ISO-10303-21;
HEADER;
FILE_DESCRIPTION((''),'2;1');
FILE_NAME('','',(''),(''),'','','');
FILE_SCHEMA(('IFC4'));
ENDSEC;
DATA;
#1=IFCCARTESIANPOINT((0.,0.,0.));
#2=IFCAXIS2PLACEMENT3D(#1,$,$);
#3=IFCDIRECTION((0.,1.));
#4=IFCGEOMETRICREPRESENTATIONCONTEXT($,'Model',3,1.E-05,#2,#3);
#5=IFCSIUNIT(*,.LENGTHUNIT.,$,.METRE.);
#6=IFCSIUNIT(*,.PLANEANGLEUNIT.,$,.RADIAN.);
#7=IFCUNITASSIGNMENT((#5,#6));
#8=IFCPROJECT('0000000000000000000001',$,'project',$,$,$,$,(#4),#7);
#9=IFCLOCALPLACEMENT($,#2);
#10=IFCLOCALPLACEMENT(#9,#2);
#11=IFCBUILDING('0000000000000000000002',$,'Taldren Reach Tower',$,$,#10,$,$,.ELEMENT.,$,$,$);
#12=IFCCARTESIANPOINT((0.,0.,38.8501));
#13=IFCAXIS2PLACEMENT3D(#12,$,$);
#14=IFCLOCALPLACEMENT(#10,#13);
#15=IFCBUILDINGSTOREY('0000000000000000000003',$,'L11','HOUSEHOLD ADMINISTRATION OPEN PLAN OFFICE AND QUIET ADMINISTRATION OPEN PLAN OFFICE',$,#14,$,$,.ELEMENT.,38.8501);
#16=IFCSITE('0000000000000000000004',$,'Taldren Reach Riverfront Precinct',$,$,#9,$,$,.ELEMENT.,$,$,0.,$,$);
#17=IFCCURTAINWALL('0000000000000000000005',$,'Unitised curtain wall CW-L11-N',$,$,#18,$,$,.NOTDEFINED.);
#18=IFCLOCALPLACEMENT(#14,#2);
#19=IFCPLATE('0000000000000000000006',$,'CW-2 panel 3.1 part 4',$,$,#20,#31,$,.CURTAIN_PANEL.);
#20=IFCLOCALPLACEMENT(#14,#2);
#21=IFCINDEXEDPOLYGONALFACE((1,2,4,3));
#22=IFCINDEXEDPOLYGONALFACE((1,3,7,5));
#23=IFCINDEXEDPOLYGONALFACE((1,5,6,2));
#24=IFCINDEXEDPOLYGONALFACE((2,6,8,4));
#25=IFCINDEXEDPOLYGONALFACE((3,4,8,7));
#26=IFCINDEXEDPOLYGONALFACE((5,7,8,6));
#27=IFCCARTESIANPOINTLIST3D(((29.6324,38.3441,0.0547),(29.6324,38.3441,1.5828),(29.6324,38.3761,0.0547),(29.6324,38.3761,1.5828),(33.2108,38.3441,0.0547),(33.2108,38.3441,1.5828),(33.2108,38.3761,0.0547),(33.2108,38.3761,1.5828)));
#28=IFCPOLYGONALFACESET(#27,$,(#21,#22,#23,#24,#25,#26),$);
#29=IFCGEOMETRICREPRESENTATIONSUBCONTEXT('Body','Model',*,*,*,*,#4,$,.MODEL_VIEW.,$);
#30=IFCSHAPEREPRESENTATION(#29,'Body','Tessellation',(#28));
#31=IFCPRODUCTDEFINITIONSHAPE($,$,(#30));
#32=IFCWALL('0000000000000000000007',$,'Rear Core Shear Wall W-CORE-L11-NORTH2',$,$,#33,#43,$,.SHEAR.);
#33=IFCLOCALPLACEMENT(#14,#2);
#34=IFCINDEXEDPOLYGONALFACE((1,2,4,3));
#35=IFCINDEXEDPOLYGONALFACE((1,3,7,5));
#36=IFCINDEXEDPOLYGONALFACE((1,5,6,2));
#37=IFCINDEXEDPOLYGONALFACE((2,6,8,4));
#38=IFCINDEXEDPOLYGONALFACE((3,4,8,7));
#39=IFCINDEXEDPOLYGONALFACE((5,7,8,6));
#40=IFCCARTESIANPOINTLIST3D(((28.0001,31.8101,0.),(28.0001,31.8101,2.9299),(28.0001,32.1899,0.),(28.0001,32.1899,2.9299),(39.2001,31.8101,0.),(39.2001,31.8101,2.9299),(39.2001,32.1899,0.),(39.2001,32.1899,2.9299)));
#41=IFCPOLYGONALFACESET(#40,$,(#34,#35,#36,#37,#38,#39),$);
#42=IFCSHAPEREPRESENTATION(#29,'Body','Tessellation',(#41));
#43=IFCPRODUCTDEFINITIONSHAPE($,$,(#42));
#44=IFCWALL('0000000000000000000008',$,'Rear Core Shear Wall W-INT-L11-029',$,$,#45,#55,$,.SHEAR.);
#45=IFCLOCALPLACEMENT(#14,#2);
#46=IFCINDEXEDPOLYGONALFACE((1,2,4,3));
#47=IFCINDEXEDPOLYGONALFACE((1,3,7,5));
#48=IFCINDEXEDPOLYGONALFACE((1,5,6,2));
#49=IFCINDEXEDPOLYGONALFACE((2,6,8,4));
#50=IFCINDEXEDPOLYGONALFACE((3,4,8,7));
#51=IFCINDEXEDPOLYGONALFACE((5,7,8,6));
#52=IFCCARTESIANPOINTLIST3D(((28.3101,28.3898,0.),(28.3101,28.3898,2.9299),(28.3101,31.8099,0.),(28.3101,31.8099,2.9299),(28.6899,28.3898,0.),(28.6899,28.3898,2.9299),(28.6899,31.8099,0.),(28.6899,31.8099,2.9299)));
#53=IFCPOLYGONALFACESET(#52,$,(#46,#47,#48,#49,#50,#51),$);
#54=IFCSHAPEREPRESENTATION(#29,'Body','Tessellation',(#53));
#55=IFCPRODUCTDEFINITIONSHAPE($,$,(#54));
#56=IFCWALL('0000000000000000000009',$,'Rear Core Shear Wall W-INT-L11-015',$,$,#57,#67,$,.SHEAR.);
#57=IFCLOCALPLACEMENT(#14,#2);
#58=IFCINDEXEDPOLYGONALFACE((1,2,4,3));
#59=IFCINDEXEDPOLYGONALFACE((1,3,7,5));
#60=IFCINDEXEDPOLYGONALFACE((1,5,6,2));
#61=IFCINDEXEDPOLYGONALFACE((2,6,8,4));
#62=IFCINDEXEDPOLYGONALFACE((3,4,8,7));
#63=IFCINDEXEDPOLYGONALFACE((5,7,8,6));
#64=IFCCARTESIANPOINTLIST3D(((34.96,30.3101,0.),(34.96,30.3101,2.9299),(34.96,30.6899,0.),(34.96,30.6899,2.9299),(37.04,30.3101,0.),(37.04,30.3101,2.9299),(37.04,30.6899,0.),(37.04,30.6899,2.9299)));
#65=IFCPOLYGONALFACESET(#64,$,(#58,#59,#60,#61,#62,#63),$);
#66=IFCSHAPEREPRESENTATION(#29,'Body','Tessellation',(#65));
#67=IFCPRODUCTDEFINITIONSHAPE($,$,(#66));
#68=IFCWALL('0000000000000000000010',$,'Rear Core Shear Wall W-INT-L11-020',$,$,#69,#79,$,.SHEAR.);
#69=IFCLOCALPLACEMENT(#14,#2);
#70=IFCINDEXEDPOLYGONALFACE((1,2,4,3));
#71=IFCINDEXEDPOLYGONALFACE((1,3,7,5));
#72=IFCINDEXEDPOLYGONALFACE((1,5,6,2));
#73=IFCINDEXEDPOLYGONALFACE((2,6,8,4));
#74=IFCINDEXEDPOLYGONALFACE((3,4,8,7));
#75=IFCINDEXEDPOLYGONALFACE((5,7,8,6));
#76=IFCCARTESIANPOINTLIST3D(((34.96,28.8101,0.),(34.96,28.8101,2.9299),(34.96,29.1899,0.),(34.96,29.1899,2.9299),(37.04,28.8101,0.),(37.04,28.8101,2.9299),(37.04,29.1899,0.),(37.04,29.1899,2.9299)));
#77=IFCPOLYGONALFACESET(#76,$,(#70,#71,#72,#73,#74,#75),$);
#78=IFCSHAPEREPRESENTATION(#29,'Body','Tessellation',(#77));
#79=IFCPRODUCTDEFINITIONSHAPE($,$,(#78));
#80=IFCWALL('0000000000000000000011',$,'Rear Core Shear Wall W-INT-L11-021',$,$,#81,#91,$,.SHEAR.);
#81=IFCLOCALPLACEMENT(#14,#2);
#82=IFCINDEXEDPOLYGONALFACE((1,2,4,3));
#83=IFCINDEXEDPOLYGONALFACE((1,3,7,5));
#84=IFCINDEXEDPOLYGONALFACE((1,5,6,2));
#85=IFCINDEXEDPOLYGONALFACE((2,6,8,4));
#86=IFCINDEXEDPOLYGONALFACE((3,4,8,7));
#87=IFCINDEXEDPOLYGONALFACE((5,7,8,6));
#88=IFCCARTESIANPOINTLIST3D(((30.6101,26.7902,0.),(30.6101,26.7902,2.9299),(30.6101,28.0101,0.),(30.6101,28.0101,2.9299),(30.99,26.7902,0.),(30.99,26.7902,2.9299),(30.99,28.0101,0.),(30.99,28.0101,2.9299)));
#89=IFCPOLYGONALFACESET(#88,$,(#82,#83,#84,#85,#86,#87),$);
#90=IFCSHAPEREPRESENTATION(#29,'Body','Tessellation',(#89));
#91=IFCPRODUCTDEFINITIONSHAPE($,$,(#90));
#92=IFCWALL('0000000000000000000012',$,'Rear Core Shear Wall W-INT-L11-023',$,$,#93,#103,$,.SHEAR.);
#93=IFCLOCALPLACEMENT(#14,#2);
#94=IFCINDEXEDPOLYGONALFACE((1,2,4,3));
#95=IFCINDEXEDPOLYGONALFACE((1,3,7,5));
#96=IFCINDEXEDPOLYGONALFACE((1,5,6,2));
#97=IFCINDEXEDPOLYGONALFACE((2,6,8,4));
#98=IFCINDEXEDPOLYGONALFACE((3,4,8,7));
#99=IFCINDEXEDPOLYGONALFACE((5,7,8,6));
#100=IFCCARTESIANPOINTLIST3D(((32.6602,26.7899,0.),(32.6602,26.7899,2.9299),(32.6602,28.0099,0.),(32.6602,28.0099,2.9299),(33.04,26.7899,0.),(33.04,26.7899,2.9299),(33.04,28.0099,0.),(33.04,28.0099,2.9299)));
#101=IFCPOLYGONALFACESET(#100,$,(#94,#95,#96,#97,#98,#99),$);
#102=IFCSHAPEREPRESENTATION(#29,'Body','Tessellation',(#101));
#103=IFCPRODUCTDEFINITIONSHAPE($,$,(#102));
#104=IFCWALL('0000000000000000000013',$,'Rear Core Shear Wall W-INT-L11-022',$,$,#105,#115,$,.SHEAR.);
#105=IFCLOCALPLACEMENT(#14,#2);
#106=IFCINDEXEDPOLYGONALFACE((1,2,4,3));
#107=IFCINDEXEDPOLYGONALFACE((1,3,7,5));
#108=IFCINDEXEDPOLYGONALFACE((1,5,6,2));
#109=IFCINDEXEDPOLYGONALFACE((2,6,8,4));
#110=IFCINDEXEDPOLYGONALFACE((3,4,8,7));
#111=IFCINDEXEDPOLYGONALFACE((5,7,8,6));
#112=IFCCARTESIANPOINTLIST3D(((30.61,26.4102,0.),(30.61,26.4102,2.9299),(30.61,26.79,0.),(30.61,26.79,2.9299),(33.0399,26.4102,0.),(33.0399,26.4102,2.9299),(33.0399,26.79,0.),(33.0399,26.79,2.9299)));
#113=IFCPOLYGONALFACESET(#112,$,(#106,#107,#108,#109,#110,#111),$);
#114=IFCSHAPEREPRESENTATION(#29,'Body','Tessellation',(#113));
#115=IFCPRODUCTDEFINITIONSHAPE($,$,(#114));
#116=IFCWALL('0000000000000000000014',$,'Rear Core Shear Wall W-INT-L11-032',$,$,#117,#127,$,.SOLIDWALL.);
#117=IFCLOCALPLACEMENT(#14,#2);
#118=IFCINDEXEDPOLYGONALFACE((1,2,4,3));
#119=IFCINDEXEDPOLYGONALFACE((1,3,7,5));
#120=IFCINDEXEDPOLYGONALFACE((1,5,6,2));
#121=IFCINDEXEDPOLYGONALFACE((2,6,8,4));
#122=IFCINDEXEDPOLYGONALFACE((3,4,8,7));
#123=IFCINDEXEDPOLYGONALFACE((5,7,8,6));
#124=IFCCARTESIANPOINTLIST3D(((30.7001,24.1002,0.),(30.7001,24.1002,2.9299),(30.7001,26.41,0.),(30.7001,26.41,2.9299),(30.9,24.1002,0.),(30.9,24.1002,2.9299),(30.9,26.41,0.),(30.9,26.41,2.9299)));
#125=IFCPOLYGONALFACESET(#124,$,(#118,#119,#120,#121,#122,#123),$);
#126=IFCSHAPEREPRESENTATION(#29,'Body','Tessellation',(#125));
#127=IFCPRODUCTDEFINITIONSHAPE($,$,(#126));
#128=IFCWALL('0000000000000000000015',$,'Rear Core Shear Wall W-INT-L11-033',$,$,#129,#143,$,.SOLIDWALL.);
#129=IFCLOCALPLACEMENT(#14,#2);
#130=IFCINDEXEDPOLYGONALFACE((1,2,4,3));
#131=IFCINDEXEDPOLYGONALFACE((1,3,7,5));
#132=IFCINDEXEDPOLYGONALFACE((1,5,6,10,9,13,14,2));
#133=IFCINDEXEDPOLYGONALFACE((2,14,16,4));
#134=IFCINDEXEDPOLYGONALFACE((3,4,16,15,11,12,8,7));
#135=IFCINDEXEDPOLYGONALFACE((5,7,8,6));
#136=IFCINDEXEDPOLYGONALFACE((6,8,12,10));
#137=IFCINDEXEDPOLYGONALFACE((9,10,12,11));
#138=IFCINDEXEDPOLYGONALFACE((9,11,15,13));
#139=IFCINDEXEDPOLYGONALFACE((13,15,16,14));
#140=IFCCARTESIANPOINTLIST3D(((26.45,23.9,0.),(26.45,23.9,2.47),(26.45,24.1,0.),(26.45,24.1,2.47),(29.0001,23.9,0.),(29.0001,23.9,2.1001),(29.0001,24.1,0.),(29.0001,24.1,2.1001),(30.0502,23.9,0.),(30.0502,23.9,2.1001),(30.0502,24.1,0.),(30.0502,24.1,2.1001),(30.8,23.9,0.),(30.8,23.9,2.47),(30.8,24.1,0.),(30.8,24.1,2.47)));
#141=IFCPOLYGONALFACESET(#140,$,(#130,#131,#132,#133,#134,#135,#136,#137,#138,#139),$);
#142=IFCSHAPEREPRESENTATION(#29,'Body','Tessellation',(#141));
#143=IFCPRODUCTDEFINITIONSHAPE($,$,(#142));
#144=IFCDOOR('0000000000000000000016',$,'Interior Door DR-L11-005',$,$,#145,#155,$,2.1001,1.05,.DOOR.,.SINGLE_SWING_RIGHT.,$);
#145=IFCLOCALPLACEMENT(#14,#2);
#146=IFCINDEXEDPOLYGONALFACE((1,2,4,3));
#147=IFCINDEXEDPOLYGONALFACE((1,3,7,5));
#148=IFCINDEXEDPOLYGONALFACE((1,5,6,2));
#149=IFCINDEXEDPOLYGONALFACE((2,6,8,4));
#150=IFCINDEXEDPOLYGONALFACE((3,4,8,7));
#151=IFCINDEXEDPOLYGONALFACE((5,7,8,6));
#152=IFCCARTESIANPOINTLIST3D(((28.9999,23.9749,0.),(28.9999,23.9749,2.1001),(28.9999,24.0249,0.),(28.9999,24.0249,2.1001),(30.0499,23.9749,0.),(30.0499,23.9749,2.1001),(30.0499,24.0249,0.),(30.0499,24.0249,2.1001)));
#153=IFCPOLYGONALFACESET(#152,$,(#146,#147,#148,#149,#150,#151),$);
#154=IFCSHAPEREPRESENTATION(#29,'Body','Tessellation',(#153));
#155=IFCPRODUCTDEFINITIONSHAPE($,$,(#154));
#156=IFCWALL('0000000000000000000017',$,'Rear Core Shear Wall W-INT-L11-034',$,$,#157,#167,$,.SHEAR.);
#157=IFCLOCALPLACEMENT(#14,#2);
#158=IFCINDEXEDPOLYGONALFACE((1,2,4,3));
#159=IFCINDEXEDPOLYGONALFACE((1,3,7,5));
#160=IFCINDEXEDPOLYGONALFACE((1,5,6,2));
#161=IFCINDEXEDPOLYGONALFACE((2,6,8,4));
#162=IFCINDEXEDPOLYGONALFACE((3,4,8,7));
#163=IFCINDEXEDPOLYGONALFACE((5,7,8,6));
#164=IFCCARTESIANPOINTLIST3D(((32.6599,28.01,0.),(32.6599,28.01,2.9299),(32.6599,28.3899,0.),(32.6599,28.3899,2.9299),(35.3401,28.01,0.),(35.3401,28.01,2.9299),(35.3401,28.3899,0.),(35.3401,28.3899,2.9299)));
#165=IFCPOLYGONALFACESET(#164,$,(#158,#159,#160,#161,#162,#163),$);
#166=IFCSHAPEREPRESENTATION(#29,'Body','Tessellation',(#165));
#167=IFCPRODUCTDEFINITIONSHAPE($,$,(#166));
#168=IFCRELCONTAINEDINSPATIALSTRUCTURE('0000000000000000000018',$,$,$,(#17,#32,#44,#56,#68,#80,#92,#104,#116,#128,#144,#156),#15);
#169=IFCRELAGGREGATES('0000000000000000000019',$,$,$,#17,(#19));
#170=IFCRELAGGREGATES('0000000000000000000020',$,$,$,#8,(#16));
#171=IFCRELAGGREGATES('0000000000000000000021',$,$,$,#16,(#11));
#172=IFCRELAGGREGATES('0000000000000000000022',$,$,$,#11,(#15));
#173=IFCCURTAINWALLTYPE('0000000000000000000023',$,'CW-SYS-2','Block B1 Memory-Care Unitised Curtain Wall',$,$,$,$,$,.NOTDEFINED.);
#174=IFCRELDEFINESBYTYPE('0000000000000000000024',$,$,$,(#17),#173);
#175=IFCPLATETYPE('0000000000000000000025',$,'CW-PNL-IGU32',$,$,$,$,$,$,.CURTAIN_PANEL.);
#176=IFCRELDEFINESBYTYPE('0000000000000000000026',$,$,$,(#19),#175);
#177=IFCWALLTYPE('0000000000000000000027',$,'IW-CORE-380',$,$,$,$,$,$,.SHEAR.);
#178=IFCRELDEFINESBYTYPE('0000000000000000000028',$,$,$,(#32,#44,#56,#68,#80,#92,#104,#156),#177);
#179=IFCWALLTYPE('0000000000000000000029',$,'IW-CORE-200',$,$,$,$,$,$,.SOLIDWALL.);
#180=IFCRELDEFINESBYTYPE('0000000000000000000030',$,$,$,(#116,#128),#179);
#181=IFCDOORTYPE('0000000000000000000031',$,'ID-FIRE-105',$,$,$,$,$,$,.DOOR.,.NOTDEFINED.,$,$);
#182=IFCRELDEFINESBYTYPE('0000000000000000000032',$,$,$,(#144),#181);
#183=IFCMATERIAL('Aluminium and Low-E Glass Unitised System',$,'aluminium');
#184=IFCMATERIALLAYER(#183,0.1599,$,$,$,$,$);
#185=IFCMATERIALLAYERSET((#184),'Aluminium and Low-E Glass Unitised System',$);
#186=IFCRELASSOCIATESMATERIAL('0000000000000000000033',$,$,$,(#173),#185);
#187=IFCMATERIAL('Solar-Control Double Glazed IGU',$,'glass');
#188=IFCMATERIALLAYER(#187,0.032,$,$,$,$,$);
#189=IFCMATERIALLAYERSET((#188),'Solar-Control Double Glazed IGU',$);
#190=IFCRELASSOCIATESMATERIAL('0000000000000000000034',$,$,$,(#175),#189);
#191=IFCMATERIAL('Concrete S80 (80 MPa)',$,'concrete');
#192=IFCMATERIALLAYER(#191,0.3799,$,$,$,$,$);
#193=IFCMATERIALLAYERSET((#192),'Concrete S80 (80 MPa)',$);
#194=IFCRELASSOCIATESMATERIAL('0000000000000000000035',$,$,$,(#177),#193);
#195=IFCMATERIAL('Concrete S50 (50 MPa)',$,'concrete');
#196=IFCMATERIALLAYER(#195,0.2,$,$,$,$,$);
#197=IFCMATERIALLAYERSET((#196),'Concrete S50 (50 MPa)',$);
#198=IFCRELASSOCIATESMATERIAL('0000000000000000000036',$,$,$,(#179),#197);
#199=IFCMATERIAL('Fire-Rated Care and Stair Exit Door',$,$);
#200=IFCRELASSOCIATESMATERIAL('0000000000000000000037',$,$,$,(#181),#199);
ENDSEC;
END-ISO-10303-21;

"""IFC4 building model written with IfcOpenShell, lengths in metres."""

from ifc_helpers import new_model, si_unit, direction, frame, frame_2d, origin, origin_2d, place, context, subcontext, project, spatial, rectangle, extrude, source, transform, mapped, material, layer, layer_set, type_object, element, fill, aggregate, save


model = new_model("IFC4")

# Units and contexts
model_context = context("Model", 3, precision=1e-05, world=origin(), true_north=direction((0.0, 1.0)))
body_context = subcontext(model_context, "Body", "Model", "MODEL_VIEW")
ifc_project = project(units=[si_unit("LENGTHUNIT", "METRE"), si_unit("PLANEANGLEUNIT", "RADIAN")], contexts=[model_context])

# Site, building, storey
site_placement = place(None, origin())
site = spatial("IfcSite", under=ifc_project, at=site_placement, Name="Taldren Reach Riverfront Precinct", CompositionType="ELEMENT", RefElevation=0.0)
building_placement = place(site_placement, origin())
building = spatial("IfcBuilding", under=site, at=building_placement, Name="Taldren Reach Tower", CompositionType="ELEMENT")
storey_placement = place(building_placement, frame((0.0, 0.0, 38.8501)))
storey = spatial("IfcBuildingStorey", under=building, at=storey_placement, Name="L11", Description="HOUSEHOLD ADMINISTRATION OPEN PLAN OFFICE AND QUIET ADMINISTRATION OPEN PLAN OFFICE", CompositionType="ELEMENT", Elevation=38.8501)

# Curtain wall
ifc_material_1 = material(Name="Aluminium and Low-E Glass Unitised System", Category="aluminium")
ifc_layer_1 = layer(ifc_material_1, 0.1599)
ifc_layer_set_1 = layer_set([ifc_layer_1], Name="Aluminium and Low-E Glass Unitised System")
curtain_wall_type = type_object("IfcCurtainWallType", Name="CW-SYS-2", Description="Block B1 Memory-Care Unitised Curtain Wall", PredefinedType="NOTDEFINED", material=ifc_layer_set_1)
curtain_wall_placement = place(storey_placement, origin())
curtain_wall = element("IfcCurtainWall", 1, at=curtain_wall_placement, inside=storey, type_object=curtain_wall_type, Name="Unitised curtain wall CW-L11-N", PredefinedType="NOTDEFINED")

# Plate
ifc_material_2 = material(Name="Solar-Control Double Glazed IGU", Category="glass")
ifc_layer_2 = layer(ifc_material_2, 0.032)
ifc_layer_set_2 = layer_set([ifc_layer_2], Name="Solar-Control Double Glazed IGU")
plate_type_1 = type_object("IfcPlateType", Name="CW-PNL-IGU32", PredefinedType="CURTAIN_PANEL", material=ifc_layer_set_2)
shared_shape_1 = source(origin(), body_context, "Body", "SweptSolid", [
    extrude(rectangle(XDim=3.5784, YDim=0.032, at=origin_2d()), origin(), (0.0, 0.0, 1.0), 1.5281),
])
plate_1_placement = place(storey_placement, frame((31.4216, 38.3601, 0.0547), z_axis=(0.0, 0.0, 1.0), x_axis=(-1.0, 0.0, 0.0)))
plate_1 = element("IfcPlate", 2, at=plate_1_placement, type_object=plate_type_1, Name="CW-2 panel 3.1 part 4", PredefinedType="CURTAIN_PANEL", context=body_context, shape_type="MappedRepresentation", body=[
    mapped(shared_shape_1, transform((0.0, 0.0, 0.0), scale=1.0)),
])
aggregate(curtain_wall, [plate_1])

# Walls
ifc_material_3 = material(Name="Concrete S80 (80 MPa)", Category="concrete")
ifc_layer_3 = layer(ifc_material_3, 0.3799)
ifc_layer_set_3 = layer_set([ifc_layer_3], Name="Concrete S80 (80 MPa)")
wall_type_1 = type_object("IfcWallType", Name="IW-CORE-380", PredefinedType="SHEAR", material=ifc_layer_set_3)
shared_shape_2 = source(origin(), body_context, "Body", "SweptSolid", [
    extrude(rectangle(XDim=11.2, YDim=0.3799, at=frame_2d((5.6001, 0.0))), origin(), (0.0, 0.0, 1.0), 2.9299),
])
wall_1_placement = place(storey_placement, frame((28.0, 32.0, 0.0), z_axis=(0.0, 0.0, 1.0), x_axis=(1.0, 0.0, 0.0)))
element("IfcWall", 3, at=wall_1_placement, inside=storey, type_object=wall_type_1, Name="Rear Core Shear Wall W-CORE-L11-NORTH2", PredefinedType="SHEAR", context=body_context, shape_type="MappedRepresentation", body=[
    mapped(shared_shape_2, transform((0.0, 0.0, 0.0), scale=1.0)),
])
shared_shape_3 = source(origin(), body_context, "Body", "SweptSolid", [
    extrude(rectangle(XDim=3.4202, YDim=0.3799, at=frame_2d((1.71, 0.0))), origin(), (0.0, 0.0, 1.0), 2.9299),
])
wall_2_placement = place(storey_placement, frame((28.5, 28.3899, 0.0), z_axis=(0.0, 0.0, 1.0), x_axis=(0.0, 1.0, 0.0)))
element("IfcWall", 4, at=wall_2_placement, inside=storey, type_object=wall_type_1, Name="Rear Core Shear Wall W-INT-L11-029", PredefinedType="SHEAR", context=body_context, shape_type="MappedRepresentation", body=[
    mapped(shared_shape_3, transform((0.0, 0.0, 0.0), scale=1.0)),
])
shared_shape_4 = source(origin(), body_context, "Body", "SweptSolid", [
    extrude(rectangle(XDim=2.0801, YDim=0.3799, at=frame_2d((1.04, 0.0))), origin(), (0.0, 0.0, 1.0), 2.9299),
])
for number, where, z_axis, x_axis, name in (
    (5, (34.96, 30.5, 0.0), (0.0, 0.0, 1.0), (1.0, 0.0, 0.0), "Rear Core Shear Wall W-INT-L11-015"),
    (6, (34.96, 29.0, 0.0), (0.0, 0.0, 1.0), (1.0, 0.0, 0.0), "Rear Core Shear Wall W-INT-L11-020"),
):
    element("IfcWall", number, at=place(storey_placement, frame(where, z_axis=z_axis, x_axis=x_axis)), inside=storey, type_object=wall_type_1, Name=name, PredefinedType="SHEAR", context=body_context, shape_type="MappedRepresentation", body=[
        mapped(shared_shape_4, transform((0.0, 0.0, 0.0), scale=1.0)),
    ])
shared_shape_5 = source(origin(), body_context, "Body", "SweptSolid", [
    extrude(rectangle(XDim=1.22, YDim=0.3799, at=frame_2d((0.6099, 0.0))), origin(), (0.0, 0.0, 1.0), 2.9299),
])
for number, where, z_axis, x_axis, name in (
    (7, (30.8, 28.01, 0.0), (0.0, 0.0, 1.0), (0.0, -1.0, 0.0), "Rear Core Shear Wall W-INT-L11-021"),
    (8, (32.8501, 26.79, 0.0), (0.0, 0.0, 1.0), (0.0, 1.0, 0.0), "Rear Core Shear Wall W-INT-L11-023"),
):
    element("IfcWall", number, at=place(storey_placement, frame(where, z_axis=z_axis, x_axis=x_axis)), inside=storey, type_object=wall_type_1, Name=name, PredefinedType="SHEAR", context=body_context, shape_type="MappedRepresentation", body=[
        mapped(shared_shape_5, transform((0.0, 0.0, 0.0), scale=1.0)),
    ])
shared_shape_6 = source(origin(), body_context, "Body", "SweptSolid", [
    extrude(rectangle(XDim=2.4299, YDim=0.3799, at=frame_2d((1.2148, 0.0))), origin(), (0.0, 0.0, 1.0), 2.9299),
])
wall_3_placement = place(storey_placement, frame((30.6101, 26.6001, 0.0), z_axis=(0.0, 0.0, 1.0), x_axis=(1.0, 0.0, 0.0)))
element("IfcWall", 9, at=wall_3_placement, inside=storey, type_object=wall_type_1, Name="Rear Core Shear Wall W-INT-L11-022", PredefinedType="SHEAR", context=body_context, shape_type="MappedRepresentation", body=[
    mapped(shared_shape_6, transform((0.0, 0.0, 0.0), scale=1.0)),
])

# Wall
ifc_material_4 = material(Name="Concrete S50 (50 MPa)", Category="concrete")
ifc_layer_4 = layer(ifc_material_4, 0.2)
ifc_layer_set_4 = layer_set([ifc_layer_4], Name="Concrete S50 (50 MPa)")
wall_type_2 = type_object("IfcWallType", Name="IW-CORE-200", PredefinedType="SOLIDWALL", material=ifc_layer_set_4)
shared_shape_7 = source(origin(), body_context, "Body", "SweptSolid", [
    extrude(rectangle(XDim=2.3098, YDim=0.2, at=frame_2d((1.1548, 0.0))), origin(), (0.0, 0.0, 1.0), 2.9299),
])
wall_4_placement = place(storey_placement, frame((30.8, 26.4099, 0.0), z_axis=(0.0, 0.0, 1.0), x_axis=(0.0, -1.0, 0.0)))
element("IfcWall", 10, at=wall_4_placement, inside=storey, type_object=wall_type_2, Name="Rear Core Shear Wall W-INT-L11-032", PredefinedType="SOLIDWALL", context=body_context, shape_type="MappedRepresentation", body=[
    mapped(shared_shape_7, transform((0.0, 0.0, 0.0), scale=1.0)),
])

# Wall, opening, door
shared_shape_8 = source(origin(), body_context, "Body", "SweptSolid", [
    extrude(rectangle(XDim=4.3501, YDim=0.2, at=frame_2d((2.175, 0.0))), origin(), (0.0, 0.0, 1.0), 2.47),
])
wall_5_placement = place(storey_placement, frame((30.8, 24.0, 0.0), z_axis=(0.0, 0.0, 1.0), x_axis=(-1.0, 0.0, 0.0)))
wall_5 = element("IfcWall", 11, at=wall_5_placement, inside=storey, type_object=wall_type_2, Name="Rear Core Shear Wall W-INT-L11-033", PredefinedType="SOLIDWALL", context=body_context, shape_type="MappedRepresentation", body=[
    mapped(shared_shape_8, transform((0.0, 0.0, 0.0), scale=1.0)),
])
shared_shape_9 = source(origin(), body_context, "Body", "SweptSolid", [
    extrude(rectangle(XDim=1.05, YDim=2.1001, at=frame_2d((0.5249, 1.05))), frame((0.0, 0.1099, 0.0), z_axis=(0.0, -1.0, 0.0), x_axis=(1.0, 0.0, 0.0)), (0.0, 0.0, 1.0), 0.22),
])
opening_1_placement = place(wall_5_placement, frame((0.75, 0.0, 0.0)))
opening_1 = element("IfcOpeningElement", 12, at=opening_1_placement, cuts=wall_5, PredefinedType="OPENING", context=body_context, shape_type="MappedRepresentation", body=[
    mapped(shared_shape_9, transform((0.0, 0.0, 0.0), scale=1.0)),
])
ifc_material_5 = material(Name="Fire-Rated Care and Stair Exit Door")
door_type_1 = type_object("IfcDoorType", Name="ID-FIRE-105", OperationType="NOTDEFINED", PredefinedType="DOOR", material=ifc_material_5)
shared_shape_10 = source(origin(), body_context, "Body", "SweptSolid", [
    extrude(rectangle(XDim=1.05, YDim=2.1001, at=frame_2d((0.5249, 1.05))), frame((0.0, 0.0249, 0.0), z_axis=(0.0, -1.0, 0.0), x_axis=(1.0, 0.0, 0.0)), (0.0, 0.0, 1.0), 0.05),
])
door_1_placement = place(opening_1_placement, frame((1.05, 0.0, 0.0), z_axis=(0.0, 0.0, 1.0), x_axis=(-1.0, 0.0, 0.0)))
door_1 = element("IfcDoor", 13, at=door_1_placement, inside=storey, type_object=door_type_1, Name="Interior Door DR-L11-005", OperationType="SINGLE_SWING_RIGHT", OverallHeight=2.1001, OverallWidth=1.05, PredefinedType="DOOR", context=body_context, shape_type="MappedRepresentation", body=[
    mapped(shared_shape_10, transform((0.0, 0.0, 0.0), scale=1.0)),
])
fill(opening_1, door_1)

# Wall
shared_shape_11 = source(origin(), body_context, "Body", "SweptSolid", [
    extrude(rectangle(XDim=2.6802, YDim=0.3799, at=frame_2d((1.3401, 0.0))), origin(), (0.0, 0.0, 1.0), 2.9299),
])
wall_6_placement = place(storey_placement, frame((32.6599, 28.2, 0.0), z_axis=(0.0, 0.0, 1.0), x_axis=(1.0, 0.0, 0.0)))
element("IfcWall", 14, at=wall_6_placement, inside=storey, type_object=wall_type_1, Name="Rear Core Shear Wall W-INT-L11-034", PredefinedType="SHEAR", context=body_context, shape_type="MappedRepresentation", body=[
    mapped(shared_shape_11, transform((0.0, 0.0, 0.0), scale=1.0)),
])

save(model, "model.ifc")
